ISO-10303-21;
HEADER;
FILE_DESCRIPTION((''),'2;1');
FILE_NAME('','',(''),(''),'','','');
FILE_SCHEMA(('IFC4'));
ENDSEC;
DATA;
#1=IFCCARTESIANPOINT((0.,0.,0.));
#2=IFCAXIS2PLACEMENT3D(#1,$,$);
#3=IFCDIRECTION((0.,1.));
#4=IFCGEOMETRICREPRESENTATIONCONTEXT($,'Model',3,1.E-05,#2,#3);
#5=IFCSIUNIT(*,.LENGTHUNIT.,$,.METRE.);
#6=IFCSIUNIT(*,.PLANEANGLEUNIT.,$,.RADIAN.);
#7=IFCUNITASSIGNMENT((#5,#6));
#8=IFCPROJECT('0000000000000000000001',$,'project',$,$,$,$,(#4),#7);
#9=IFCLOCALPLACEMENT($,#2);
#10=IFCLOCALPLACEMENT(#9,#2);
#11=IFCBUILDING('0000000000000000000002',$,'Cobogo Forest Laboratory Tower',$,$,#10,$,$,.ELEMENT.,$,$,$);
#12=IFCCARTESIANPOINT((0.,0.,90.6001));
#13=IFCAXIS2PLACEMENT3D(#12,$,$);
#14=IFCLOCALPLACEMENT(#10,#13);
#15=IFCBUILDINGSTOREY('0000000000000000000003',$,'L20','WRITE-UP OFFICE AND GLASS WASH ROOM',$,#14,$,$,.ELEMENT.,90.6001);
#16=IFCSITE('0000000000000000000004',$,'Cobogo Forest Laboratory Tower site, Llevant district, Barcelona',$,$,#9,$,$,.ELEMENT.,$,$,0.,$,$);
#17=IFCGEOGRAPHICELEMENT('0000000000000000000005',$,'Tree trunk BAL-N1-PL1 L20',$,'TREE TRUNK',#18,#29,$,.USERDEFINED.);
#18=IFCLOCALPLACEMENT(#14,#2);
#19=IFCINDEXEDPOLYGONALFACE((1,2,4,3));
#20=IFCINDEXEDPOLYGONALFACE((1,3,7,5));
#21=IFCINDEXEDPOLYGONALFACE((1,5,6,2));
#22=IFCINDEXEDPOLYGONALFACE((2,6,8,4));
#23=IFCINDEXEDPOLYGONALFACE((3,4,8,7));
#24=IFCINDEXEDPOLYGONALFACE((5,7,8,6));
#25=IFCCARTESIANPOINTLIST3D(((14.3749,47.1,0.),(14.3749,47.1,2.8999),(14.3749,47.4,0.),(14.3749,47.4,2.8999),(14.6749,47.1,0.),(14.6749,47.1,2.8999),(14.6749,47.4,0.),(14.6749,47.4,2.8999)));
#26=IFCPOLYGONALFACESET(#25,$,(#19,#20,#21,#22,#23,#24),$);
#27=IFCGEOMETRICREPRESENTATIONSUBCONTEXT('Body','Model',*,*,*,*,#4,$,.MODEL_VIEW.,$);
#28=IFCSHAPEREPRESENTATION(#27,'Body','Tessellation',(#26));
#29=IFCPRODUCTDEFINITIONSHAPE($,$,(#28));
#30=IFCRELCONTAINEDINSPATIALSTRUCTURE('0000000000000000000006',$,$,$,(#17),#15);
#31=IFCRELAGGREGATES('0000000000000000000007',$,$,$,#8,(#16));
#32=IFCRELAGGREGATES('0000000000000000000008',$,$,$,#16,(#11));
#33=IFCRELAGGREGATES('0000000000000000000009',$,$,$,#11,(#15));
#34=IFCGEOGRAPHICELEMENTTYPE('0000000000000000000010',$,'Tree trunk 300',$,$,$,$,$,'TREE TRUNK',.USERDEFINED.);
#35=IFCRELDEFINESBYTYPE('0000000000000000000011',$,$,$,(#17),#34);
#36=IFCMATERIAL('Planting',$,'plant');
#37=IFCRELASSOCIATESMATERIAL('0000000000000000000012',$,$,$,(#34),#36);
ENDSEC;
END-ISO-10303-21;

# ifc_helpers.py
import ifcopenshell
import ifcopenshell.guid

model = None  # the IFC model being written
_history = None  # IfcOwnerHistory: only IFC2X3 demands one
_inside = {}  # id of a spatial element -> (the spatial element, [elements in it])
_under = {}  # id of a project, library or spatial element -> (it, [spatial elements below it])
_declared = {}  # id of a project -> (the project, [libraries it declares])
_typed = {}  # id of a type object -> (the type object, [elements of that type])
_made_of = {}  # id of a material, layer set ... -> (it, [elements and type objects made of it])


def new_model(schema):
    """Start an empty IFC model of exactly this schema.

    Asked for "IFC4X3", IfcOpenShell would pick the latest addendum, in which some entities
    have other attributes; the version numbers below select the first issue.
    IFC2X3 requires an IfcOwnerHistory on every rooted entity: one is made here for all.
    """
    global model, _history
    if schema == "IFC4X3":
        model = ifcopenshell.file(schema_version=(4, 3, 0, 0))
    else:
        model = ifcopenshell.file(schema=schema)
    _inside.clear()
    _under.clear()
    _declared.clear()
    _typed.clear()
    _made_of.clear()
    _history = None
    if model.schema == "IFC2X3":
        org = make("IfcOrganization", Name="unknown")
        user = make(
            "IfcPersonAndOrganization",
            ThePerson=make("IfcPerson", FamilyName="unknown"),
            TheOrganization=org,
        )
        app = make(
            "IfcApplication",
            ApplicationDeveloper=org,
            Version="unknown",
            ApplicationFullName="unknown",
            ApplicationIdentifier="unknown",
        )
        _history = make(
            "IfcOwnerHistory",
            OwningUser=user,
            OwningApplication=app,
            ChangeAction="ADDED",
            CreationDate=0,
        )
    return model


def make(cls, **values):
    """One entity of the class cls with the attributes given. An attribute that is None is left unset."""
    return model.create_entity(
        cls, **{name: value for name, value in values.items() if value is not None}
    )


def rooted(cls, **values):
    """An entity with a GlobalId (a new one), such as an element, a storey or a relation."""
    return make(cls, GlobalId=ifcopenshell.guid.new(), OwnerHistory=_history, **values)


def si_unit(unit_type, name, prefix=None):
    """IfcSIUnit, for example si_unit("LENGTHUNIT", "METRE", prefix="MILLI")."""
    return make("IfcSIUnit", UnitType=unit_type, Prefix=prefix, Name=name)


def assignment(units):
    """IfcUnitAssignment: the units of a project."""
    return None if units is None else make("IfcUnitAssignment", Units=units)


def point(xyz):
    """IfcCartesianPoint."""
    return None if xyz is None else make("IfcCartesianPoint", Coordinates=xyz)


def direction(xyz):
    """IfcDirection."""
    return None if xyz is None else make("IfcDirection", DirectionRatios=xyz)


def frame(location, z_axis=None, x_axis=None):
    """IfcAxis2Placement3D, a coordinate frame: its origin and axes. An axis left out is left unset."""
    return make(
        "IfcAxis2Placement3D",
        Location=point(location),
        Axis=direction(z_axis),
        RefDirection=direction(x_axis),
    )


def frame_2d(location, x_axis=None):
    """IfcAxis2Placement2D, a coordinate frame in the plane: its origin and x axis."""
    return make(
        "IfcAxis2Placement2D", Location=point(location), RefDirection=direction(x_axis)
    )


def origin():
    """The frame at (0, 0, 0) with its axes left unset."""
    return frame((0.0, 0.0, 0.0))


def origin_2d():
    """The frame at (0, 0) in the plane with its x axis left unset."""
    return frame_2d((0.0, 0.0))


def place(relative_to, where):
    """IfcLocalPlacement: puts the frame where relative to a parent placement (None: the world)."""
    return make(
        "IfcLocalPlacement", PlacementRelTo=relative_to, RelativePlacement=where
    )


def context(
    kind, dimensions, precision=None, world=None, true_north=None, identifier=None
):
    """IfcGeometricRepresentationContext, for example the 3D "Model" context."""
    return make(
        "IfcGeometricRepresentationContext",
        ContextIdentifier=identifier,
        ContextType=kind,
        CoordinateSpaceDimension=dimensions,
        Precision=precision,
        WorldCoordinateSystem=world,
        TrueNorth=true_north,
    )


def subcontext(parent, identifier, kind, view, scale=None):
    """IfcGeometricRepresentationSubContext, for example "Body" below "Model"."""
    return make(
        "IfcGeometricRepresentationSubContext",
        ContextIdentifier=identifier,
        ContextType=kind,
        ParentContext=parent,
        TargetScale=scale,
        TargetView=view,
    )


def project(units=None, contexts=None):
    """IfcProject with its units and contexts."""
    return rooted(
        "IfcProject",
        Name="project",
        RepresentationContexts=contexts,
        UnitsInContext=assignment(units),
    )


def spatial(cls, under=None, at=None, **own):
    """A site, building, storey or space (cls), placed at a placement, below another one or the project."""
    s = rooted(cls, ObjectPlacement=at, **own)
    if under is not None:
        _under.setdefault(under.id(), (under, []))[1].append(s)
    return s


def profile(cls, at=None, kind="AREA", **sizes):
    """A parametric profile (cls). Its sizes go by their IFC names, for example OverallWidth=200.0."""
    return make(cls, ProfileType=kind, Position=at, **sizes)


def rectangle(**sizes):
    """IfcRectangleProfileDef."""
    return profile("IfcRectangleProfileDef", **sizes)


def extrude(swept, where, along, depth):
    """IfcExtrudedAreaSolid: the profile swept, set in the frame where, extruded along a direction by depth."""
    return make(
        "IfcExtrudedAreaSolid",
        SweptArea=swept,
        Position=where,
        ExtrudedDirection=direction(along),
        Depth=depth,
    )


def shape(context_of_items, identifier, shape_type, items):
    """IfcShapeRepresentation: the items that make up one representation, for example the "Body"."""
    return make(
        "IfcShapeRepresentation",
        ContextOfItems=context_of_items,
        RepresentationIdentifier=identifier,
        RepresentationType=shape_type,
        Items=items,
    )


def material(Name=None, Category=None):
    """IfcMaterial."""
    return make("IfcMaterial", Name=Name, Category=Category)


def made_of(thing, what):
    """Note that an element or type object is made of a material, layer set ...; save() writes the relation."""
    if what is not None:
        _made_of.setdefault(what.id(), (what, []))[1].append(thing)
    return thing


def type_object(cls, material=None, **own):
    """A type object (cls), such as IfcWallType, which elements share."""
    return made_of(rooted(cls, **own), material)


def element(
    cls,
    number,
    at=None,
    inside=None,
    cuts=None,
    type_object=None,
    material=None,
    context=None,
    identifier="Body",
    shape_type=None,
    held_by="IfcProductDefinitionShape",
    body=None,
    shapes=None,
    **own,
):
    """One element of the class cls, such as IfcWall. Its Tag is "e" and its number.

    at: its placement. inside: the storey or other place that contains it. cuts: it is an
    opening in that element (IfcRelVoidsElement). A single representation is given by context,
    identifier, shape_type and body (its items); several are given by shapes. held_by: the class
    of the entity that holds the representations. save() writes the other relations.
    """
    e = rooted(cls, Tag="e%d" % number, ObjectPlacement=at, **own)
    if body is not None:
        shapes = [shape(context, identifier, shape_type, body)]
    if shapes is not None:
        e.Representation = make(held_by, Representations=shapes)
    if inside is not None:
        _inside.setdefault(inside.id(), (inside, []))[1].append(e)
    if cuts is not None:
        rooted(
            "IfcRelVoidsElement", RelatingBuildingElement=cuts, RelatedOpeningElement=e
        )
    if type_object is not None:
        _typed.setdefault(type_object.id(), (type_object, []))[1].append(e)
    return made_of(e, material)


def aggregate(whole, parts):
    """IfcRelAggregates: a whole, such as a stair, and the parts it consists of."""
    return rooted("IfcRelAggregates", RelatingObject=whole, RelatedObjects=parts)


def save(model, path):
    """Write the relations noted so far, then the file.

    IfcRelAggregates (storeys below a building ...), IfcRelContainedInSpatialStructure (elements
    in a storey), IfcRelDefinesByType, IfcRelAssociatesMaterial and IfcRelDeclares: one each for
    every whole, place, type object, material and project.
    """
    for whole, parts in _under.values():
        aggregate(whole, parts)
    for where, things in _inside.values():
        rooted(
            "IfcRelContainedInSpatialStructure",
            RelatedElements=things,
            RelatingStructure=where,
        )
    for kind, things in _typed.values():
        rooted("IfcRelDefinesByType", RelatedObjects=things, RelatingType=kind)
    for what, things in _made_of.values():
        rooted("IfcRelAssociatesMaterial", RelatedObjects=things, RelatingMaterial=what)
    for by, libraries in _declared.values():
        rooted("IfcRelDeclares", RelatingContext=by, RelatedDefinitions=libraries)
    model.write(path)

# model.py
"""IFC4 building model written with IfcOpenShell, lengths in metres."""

from ifc_helpers import new_model, si_unit, direction, frame, origin, origin_2d, place, context, subcontext, project, spatial, rectangle, extrude, material, type_object, element, save


model = new_model("IFC4")

# Units and contexts
model_context = context("Model", 3, precision=1e-05, world=origin(), true_north=direction((0.0, 1.0)))
body_context = subcontext(model_context, "Body", "Model", "MODEL_VIEW")
ifc_project = project(units=[si_unit("LENGTHUNIT", "METRE"), si_unit("PLANEANGLEUNIT", "RADIAN")], contexts=[model_context])

# Site, building, storey
site_placement = place(None, origin())
site = spatial("IfcSite", under=ifc_project, at=site_placement, Name="Cobogo Forest Laboratory Tower site, Llevant district, Barcelona", CompositionType="ELEMENT", RefElevation=0.0)
building_placement = place(site_placement, origin())
building = spatial("IfcBuilding", under=site, at=building_placement, Name="Cobogo Forest Laboratory Tower", CompositionType="ELEMENT")
storey_placement = place(building_placement, frame((0.0, 0.0, 90.6001)))
storey = spatial("IfcBuildingStorey", under=building, at=storey_placement, Name="L20", Description="WRITE-UP OFFICE AND GLASS WASH ROOM", CompositionType="ELEMENT", Elevation=90.6001)

# Geographic element
ifc_material_1 = material(Name="Planting", Category="plant")
geographic_element_type = type_object("IfcGeographicElementType", Name="Tree trunk 300", ElementType="TREE TRUNK", PredefinedType="USERDEFINED", material=ifc_material_1)
geographic_element_placement = place(storey_placement, frame((14.5249, 47.25, 0.0), z_axis=(0.0, 0.0, 1.0), x_axis=(1.0, 0.0, 0.0)))
element("IfcGeographicElement", 1, at=geographic_element_placement, inside=storey, type_object=geographic_element_type, Name="Tree trunk BAL-N1-PL1 L20", ObjectType="TREE TRUNK", PredefinedType="USERDEFINED", context=body_context, shape_type="SweptSolid", body=[
    extrude(rectangle(XDim=0.3, YDim=0.3, at=origin_2d()), origin(), (0.0, 0.0, 1.0), 2.8999),
])

save(model, "model.ifc")
